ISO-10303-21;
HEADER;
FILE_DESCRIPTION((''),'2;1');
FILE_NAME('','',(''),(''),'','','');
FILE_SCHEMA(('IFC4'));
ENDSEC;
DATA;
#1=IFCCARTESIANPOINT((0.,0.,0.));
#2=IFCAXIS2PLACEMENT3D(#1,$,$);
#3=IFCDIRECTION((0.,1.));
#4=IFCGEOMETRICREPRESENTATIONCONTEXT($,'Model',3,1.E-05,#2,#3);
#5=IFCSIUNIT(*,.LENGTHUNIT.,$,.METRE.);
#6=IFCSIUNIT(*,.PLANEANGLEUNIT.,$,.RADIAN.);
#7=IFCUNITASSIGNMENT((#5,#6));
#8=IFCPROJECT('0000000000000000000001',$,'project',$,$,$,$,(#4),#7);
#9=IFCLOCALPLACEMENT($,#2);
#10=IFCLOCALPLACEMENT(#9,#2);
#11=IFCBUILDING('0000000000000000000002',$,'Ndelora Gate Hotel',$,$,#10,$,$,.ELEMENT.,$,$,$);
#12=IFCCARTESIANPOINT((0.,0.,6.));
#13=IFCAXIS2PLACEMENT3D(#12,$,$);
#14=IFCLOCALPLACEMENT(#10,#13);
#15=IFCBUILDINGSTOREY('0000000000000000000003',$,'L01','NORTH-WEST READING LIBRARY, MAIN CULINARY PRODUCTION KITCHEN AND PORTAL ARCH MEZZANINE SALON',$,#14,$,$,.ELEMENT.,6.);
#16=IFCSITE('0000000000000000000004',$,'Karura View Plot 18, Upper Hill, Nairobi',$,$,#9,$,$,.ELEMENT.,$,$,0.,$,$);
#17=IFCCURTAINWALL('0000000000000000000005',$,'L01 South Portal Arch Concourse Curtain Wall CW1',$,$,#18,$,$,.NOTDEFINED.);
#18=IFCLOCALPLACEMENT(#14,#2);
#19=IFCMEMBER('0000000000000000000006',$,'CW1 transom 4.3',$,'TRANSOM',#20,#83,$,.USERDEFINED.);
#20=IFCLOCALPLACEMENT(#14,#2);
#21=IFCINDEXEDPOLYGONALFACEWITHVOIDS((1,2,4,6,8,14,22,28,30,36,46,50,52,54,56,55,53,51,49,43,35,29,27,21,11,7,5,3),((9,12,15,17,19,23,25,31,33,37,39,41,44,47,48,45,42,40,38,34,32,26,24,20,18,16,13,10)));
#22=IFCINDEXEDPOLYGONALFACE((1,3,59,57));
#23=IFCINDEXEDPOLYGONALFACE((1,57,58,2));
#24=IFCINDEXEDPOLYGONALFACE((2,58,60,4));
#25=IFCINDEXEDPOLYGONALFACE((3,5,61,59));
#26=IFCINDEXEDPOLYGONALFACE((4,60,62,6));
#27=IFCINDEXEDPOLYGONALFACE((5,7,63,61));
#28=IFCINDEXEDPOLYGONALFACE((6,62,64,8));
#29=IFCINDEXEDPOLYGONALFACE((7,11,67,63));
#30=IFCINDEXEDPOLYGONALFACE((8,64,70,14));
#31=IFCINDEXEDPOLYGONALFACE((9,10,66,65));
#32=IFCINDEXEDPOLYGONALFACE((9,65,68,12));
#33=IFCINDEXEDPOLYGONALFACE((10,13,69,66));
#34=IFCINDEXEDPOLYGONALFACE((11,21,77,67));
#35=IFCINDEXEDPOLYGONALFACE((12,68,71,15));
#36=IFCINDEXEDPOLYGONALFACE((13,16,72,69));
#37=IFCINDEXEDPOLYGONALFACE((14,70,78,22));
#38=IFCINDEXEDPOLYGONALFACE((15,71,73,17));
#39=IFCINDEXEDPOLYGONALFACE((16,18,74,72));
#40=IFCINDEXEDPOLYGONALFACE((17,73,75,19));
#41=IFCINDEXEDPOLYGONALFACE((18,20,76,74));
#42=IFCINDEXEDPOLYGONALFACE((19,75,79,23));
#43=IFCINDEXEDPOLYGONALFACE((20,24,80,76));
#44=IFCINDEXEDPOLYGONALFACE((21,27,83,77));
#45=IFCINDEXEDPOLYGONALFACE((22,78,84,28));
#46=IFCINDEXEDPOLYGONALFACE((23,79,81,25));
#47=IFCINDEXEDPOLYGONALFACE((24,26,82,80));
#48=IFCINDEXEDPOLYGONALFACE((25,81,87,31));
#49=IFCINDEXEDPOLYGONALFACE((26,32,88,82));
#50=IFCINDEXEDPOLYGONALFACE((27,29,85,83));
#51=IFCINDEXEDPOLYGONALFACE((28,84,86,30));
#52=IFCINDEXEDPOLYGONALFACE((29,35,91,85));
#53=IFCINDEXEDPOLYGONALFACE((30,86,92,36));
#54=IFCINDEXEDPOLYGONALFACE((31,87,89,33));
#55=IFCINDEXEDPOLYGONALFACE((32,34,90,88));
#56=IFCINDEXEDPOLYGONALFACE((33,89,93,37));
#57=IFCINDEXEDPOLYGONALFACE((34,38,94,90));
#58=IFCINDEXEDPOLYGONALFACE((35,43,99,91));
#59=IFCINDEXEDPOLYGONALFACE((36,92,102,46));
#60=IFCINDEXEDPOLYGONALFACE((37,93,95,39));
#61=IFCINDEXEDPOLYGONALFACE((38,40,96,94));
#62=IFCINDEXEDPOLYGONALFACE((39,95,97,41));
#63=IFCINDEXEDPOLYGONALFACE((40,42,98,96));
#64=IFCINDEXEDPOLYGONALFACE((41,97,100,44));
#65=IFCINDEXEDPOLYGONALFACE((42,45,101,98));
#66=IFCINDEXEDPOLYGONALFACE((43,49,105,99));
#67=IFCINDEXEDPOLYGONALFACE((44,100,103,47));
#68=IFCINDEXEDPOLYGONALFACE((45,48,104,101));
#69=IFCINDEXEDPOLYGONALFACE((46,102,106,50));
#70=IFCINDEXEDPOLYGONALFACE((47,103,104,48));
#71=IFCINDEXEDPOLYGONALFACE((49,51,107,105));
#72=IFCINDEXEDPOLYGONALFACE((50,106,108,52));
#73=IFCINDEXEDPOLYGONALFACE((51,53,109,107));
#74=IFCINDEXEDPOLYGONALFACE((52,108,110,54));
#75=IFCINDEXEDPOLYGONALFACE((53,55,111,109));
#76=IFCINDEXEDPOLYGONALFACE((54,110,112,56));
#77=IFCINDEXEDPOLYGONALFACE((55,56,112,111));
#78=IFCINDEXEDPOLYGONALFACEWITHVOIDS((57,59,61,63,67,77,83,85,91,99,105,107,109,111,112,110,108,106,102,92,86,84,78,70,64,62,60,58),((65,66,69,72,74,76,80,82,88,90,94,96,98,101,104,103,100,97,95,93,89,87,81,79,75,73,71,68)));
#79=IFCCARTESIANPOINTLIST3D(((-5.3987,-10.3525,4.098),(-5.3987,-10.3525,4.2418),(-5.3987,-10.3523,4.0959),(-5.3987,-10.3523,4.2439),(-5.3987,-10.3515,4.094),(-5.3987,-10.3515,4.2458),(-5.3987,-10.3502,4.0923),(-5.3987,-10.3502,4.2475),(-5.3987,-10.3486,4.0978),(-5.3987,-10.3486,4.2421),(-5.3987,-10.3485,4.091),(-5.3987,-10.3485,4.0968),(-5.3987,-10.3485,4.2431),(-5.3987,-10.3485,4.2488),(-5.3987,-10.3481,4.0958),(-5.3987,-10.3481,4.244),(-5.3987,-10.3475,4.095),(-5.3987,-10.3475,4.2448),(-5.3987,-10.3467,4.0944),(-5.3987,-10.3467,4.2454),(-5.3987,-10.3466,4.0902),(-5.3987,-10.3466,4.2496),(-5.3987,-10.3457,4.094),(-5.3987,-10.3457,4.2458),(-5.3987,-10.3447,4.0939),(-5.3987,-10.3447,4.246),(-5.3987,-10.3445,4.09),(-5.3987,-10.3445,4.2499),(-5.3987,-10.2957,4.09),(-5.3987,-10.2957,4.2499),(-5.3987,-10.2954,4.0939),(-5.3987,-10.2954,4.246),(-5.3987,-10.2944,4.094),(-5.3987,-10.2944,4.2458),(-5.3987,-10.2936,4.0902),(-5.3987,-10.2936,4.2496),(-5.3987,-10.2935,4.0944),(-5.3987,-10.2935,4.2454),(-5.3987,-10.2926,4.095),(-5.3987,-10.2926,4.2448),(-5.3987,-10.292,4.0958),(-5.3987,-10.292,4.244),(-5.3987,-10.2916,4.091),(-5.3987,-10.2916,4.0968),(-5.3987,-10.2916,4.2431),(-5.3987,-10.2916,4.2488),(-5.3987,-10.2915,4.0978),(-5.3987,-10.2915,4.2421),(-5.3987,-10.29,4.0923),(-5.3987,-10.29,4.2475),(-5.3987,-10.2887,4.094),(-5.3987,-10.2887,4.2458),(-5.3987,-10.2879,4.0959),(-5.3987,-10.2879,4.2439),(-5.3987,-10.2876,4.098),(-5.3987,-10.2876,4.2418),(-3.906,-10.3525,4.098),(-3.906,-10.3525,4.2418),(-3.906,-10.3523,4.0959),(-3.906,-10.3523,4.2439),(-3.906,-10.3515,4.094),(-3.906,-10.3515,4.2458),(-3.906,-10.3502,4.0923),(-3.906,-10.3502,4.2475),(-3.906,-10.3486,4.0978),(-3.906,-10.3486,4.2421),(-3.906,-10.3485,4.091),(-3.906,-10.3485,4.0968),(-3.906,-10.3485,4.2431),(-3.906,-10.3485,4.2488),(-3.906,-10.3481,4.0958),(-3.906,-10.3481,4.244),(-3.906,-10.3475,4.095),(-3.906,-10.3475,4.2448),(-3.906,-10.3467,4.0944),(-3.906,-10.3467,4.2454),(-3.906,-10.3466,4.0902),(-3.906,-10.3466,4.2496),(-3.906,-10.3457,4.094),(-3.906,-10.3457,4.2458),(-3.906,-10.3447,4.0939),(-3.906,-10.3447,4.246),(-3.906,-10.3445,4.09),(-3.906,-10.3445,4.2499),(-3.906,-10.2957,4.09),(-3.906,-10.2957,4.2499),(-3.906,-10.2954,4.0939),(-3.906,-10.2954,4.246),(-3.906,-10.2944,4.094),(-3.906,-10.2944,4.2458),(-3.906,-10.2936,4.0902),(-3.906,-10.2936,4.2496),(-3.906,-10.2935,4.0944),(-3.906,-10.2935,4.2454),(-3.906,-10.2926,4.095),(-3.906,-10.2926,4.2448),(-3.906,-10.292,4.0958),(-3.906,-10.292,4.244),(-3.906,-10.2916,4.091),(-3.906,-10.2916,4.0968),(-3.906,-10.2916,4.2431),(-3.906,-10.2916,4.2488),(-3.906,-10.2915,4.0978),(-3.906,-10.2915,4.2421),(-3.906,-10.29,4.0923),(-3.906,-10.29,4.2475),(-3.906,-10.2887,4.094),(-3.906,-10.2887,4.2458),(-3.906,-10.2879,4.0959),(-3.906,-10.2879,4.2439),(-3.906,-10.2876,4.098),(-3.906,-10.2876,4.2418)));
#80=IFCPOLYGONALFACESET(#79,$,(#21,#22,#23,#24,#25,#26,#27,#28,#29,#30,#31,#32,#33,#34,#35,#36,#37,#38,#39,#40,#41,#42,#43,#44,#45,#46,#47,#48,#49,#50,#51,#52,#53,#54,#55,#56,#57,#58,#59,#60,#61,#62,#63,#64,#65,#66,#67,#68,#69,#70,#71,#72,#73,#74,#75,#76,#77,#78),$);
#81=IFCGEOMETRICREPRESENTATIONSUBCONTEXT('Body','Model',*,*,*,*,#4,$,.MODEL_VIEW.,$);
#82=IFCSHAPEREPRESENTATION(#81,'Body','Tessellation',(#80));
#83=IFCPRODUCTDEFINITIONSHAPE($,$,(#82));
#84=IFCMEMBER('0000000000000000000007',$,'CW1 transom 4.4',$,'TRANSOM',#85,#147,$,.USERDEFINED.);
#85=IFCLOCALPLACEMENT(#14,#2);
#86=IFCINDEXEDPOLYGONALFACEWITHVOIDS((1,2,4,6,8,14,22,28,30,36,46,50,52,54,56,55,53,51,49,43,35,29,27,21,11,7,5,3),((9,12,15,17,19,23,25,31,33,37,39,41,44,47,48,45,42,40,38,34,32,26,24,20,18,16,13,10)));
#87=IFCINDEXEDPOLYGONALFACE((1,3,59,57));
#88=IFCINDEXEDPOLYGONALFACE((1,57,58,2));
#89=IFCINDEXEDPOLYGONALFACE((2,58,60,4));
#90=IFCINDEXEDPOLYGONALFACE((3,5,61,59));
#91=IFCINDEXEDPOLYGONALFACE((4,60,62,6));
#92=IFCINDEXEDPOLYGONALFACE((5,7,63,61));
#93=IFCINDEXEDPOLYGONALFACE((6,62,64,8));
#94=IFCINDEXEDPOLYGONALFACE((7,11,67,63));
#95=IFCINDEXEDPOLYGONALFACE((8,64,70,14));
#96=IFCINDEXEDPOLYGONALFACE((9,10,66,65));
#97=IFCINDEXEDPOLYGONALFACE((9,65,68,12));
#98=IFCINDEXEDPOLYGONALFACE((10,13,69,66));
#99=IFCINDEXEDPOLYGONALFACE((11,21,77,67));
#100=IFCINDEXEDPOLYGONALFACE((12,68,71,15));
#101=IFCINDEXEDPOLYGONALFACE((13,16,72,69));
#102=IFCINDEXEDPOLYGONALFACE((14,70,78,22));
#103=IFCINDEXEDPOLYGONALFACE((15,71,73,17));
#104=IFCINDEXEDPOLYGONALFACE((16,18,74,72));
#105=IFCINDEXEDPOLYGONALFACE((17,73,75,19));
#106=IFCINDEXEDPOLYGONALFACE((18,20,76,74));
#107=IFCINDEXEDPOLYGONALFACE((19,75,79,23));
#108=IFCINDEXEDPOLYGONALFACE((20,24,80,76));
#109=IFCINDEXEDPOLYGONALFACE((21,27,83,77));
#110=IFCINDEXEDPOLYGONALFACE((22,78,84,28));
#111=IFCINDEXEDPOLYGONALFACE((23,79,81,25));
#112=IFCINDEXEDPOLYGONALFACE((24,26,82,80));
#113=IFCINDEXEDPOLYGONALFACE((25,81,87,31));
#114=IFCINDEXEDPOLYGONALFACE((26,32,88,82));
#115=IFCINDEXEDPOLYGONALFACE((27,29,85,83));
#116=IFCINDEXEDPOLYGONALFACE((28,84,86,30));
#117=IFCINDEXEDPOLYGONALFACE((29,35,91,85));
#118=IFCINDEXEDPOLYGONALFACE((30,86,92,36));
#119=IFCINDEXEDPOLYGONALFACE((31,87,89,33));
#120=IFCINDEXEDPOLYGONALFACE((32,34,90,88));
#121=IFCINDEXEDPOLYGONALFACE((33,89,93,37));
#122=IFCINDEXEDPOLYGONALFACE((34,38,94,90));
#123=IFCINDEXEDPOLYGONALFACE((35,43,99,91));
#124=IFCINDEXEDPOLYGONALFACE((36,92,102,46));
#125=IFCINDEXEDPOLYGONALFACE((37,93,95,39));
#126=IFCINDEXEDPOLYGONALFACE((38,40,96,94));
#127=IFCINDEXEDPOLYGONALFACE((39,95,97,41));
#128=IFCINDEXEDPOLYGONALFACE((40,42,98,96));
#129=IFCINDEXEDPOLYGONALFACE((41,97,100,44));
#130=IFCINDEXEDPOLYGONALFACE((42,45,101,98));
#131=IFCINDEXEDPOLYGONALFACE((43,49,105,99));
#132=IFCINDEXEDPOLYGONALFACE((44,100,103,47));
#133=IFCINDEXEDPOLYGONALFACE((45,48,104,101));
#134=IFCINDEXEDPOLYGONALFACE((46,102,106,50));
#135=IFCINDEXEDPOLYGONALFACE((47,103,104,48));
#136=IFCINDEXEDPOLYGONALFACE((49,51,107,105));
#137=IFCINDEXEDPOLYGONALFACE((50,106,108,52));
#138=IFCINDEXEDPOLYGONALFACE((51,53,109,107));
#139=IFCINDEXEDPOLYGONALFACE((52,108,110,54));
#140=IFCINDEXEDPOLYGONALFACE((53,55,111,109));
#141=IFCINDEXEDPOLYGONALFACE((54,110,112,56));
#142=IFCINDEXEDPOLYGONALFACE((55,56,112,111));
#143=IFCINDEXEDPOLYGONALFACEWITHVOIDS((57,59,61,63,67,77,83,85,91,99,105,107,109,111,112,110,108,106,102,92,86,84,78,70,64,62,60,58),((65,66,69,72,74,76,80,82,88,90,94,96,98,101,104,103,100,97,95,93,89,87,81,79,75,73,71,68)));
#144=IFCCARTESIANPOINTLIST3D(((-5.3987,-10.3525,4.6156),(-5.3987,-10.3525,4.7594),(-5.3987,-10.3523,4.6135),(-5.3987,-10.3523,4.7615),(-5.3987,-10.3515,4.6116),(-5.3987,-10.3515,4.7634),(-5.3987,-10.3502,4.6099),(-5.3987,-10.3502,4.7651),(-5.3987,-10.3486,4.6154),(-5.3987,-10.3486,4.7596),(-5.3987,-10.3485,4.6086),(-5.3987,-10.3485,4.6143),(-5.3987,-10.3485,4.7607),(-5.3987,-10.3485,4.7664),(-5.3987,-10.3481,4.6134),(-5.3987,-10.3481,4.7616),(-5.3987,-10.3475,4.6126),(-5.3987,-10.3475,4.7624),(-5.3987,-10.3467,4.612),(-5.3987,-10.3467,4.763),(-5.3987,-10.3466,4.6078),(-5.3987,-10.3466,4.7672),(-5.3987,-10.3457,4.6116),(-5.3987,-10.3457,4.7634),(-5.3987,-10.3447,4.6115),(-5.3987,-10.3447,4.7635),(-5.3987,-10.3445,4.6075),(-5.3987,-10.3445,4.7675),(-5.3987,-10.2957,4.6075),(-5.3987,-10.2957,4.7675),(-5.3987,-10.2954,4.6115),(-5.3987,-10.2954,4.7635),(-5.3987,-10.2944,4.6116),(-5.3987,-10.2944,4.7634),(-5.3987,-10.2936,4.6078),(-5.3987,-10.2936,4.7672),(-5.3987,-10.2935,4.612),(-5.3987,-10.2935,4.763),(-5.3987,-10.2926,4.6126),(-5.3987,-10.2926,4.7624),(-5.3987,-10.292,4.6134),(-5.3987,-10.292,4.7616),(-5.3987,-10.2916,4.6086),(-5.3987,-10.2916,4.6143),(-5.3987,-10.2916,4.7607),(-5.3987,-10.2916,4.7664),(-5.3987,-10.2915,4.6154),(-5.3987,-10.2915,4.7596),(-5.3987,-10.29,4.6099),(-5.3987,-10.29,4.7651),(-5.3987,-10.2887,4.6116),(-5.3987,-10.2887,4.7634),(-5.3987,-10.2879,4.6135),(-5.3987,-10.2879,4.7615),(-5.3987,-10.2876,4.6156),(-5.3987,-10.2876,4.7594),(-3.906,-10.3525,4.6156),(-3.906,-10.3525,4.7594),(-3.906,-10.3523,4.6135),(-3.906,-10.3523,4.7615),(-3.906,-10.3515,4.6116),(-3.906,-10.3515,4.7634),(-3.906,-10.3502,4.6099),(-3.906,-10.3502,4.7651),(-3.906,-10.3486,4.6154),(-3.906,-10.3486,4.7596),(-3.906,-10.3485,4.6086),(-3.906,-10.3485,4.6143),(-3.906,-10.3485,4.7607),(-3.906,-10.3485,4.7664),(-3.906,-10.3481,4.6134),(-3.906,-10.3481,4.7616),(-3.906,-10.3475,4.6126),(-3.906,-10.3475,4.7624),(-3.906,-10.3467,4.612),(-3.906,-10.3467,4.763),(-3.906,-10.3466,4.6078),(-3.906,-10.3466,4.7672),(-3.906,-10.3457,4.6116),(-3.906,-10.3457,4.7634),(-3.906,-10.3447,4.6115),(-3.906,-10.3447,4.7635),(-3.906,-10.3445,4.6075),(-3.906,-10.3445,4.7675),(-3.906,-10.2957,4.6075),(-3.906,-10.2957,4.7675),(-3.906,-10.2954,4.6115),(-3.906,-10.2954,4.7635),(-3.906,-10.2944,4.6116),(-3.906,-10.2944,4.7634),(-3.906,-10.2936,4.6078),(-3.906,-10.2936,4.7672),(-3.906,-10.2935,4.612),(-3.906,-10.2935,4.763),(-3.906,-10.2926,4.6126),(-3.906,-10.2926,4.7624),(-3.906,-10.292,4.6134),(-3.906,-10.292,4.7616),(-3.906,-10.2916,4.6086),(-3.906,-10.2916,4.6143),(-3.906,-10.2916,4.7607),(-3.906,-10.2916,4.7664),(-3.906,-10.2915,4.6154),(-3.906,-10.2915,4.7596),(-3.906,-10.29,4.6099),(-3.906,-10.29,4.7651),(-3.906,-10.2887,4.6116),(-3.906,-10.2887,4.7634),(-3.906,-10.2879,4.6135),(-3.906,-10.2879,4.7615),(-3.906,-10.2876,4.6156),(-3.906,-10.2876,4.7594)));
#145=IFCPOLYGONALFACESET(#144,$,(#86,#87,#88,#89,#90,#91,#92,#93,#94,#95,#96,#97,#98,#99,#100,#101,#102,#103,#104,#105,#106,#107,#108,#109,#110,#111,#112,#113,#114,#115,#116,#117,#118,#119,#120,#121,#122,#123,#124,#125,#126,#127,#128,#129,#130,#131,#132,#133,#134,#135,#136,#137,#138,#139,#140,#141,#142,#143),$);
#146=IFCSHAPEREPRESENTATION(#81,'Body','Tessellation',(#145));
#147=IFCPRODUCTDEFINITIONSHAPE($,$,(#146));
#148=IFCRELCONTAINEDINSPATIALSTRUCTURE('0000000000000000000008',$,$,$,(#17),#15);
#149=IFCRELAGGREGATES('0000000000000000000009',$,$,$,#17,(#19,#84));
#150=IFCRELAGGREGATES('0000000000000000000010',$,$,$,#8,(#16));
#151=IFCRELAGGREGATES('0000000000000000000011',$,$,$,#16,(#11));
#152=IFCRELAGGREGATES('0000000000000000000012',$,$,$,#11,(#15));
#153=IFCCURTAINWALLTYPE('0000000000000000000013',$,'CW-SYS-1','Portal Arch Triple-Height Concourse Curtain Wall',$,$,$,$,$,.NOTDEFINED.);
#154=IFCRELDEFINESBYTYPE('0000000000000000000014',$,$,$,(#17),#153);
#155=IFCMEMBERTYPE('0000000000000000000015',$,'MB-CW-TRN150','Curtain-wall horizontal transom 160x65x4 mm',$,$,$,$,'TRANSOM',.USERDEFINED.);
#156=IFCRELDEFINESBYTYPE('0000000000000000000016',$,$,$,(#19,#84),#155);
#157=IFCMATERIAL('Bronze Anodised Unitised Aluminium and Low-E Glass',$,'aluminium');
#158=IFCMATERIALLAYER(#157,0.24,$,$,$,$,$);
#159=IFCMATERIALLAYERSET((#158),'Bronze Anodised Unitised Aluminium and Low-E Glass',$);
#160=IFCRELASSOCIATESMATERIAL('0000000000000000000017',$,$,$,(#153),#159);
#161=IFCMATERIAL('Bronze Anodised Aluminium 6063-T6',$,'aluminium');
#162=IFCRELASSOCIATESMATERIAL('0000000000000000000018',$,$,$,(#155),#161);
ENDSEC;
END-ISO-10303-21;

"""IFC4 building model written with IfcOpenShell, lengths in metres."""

from ifc_helpers import new_model, si_unit, direction, frame, origin, origin_2d, place, context, subcontext, project, spatial, hollow_rectangle, extrude, material, layer, layer_set, material_profile, profile_set, type_object, element, aggregate, save


model = new_model("IFC4")

# Units and contexts
model_context = context("Model", 3, precision=1e-05, world=origin(), true_north=direction((0.0, 1.0)))
body_context = subcontext(model_context, "Body", "Model", "MODEL_VIEW")
ifc_project = project(units=[si_unit("LENGTHUNIT", "METRE"), si_unit("PLANEANGLEUNIT", "RADIAN")], contexts=[model_context])

# Site, building, storey
site_placement = place(None, origin())
site = spatial("IfcSite", under=ifc_project, at=site_placement, Name="Karura View Plot 18, Upper Hill, Nairobi", CompositionType="ELEMENT", RefElevation=0.0)
building_placement = place(site_placement, origin())
building = spatial("IfcBuilding", under=site, at=building_placement, Name="Ndelora Gate Hotel", CompositionType="ELEMENT")
storey_placement = place(building_placement, frame((0.0, 0.0, 6.0)))
storey = spatial("IfcBuildingStorey", under=building, at=storey_placement, Name="L01", Description="NORTH-WEST READING LIBRARY, MAIN CULINARY PRODUCTION KITCHEN AND PORTAL ARCH MEZZANINE SALON", CompositionType="ELEMENT", Elevation=6.0)

# Curtain wall, members
ifc_material_1 = material(Name="Bronze Anodised Unitised Aluminium and Low-E Glass", Category="aluminium")
ifc_layer_1 = layer(ifc_material_1, 0.24)
ifc_layer_set_1 = layer_set([ifc_layer_1], Name="Bronze Anodised Unitised Aluminium and Low-E Glass")
curtain_wall_type = type_object("IfcCurtainWallType", Name="CW-SYS-1", Description="Portal Arch Triple-Height Concourse Curtain Wall", PredefinedType="NOTDEFINED", material=ifc_layer_set_1)
curtain_wall_placement = place(storey_placement, origin())
curtain_wall = element("IfcCurtainWall", 1, at=curtain_wall_placement, inside=storey, type_object=curtain_wall_type, Name="L01 South Portal Arch Concourse Curtain Wall CW1", PredefinedType="NOTDEFINED")
ifc_material_2 = material(Name="Bronze Anodised Aluminium 6063-T6", Category="aluminium")
ifc_material_profile_1 = material_profile(ifc_material_2, hollow_rectangle(XDim=0.0649, YDim=0.1599, WallThickness=0.0039, InnerFilletRadius=0.0039, OuterFilletRadius=0.0081, at=origin_2d()), Name="ALU 160x65x4")
ifc_profile_set_1 = profile_set([ifc_material_profile_1], Name="Bronze Anodised Aluminium 6063-T6")
member_type_1 = type_object("IfcMemberType", Name="MB-CW-TRN150", Description="Curtain-wall horizontal transom 160x65x4 mm", ElementType="TRANSOM", PredefinedType="USERDEFINED", material=ifc_profile_set_1)
member_1_placement = place(storey_placement, frame((-5.3987, -10.3201, 4.1699), z_axis=(1.0, 0.0, 0.0), x_axis=(0.0, 1.0, 0.0)))
member_1 = element("IfcMember", 2, at=member_1_placement, type_object=member_type_1, Name="CW1 transom 4.3", ObjectType="TRANSOM", PredefinedType="USERDEFINED", context=body_context, shape_type="SweptSolid", body=[
    extrude(hollow_rectangle(XDim=0.0649, YDim=0.1599, WallThickness=0.0039, InnerFilletRadius=0.0039, OuterFilletRadius=0.0081, at=origin_2d()), origin(), (0.0, 0.0, 1.0), 1.4927),
])
member_2_placement = place(storey_placement, frame((-5.3987, -10.3201, 4.6875), z_axis=(1.0, 0.0, 0.0), x_axis=(0.0, 1.0, 0.0)))
member_2 = element("IfcMember", 3, at=member_2_placement, type_object=member_type_1, Name="CW1 transom 4.4", ObjectType="TRANSOM", PredefinedType="USERDEFINED", context=body_context, shape_type="SweptSolid", body=[
    extrude(hollow_rectangle(XDim=0.0649, YDim=0.1599, WallThickness=0.0039, InnerFilletRadius=0.0039, OuterFilletRadius=0.0081, at=origin_2d()), origin(), (0.0, 0.0, 1.0), 1.4927),
])
aggregate(curtain_wall, [member_1, member_2])

save(model, "model.ifc")
